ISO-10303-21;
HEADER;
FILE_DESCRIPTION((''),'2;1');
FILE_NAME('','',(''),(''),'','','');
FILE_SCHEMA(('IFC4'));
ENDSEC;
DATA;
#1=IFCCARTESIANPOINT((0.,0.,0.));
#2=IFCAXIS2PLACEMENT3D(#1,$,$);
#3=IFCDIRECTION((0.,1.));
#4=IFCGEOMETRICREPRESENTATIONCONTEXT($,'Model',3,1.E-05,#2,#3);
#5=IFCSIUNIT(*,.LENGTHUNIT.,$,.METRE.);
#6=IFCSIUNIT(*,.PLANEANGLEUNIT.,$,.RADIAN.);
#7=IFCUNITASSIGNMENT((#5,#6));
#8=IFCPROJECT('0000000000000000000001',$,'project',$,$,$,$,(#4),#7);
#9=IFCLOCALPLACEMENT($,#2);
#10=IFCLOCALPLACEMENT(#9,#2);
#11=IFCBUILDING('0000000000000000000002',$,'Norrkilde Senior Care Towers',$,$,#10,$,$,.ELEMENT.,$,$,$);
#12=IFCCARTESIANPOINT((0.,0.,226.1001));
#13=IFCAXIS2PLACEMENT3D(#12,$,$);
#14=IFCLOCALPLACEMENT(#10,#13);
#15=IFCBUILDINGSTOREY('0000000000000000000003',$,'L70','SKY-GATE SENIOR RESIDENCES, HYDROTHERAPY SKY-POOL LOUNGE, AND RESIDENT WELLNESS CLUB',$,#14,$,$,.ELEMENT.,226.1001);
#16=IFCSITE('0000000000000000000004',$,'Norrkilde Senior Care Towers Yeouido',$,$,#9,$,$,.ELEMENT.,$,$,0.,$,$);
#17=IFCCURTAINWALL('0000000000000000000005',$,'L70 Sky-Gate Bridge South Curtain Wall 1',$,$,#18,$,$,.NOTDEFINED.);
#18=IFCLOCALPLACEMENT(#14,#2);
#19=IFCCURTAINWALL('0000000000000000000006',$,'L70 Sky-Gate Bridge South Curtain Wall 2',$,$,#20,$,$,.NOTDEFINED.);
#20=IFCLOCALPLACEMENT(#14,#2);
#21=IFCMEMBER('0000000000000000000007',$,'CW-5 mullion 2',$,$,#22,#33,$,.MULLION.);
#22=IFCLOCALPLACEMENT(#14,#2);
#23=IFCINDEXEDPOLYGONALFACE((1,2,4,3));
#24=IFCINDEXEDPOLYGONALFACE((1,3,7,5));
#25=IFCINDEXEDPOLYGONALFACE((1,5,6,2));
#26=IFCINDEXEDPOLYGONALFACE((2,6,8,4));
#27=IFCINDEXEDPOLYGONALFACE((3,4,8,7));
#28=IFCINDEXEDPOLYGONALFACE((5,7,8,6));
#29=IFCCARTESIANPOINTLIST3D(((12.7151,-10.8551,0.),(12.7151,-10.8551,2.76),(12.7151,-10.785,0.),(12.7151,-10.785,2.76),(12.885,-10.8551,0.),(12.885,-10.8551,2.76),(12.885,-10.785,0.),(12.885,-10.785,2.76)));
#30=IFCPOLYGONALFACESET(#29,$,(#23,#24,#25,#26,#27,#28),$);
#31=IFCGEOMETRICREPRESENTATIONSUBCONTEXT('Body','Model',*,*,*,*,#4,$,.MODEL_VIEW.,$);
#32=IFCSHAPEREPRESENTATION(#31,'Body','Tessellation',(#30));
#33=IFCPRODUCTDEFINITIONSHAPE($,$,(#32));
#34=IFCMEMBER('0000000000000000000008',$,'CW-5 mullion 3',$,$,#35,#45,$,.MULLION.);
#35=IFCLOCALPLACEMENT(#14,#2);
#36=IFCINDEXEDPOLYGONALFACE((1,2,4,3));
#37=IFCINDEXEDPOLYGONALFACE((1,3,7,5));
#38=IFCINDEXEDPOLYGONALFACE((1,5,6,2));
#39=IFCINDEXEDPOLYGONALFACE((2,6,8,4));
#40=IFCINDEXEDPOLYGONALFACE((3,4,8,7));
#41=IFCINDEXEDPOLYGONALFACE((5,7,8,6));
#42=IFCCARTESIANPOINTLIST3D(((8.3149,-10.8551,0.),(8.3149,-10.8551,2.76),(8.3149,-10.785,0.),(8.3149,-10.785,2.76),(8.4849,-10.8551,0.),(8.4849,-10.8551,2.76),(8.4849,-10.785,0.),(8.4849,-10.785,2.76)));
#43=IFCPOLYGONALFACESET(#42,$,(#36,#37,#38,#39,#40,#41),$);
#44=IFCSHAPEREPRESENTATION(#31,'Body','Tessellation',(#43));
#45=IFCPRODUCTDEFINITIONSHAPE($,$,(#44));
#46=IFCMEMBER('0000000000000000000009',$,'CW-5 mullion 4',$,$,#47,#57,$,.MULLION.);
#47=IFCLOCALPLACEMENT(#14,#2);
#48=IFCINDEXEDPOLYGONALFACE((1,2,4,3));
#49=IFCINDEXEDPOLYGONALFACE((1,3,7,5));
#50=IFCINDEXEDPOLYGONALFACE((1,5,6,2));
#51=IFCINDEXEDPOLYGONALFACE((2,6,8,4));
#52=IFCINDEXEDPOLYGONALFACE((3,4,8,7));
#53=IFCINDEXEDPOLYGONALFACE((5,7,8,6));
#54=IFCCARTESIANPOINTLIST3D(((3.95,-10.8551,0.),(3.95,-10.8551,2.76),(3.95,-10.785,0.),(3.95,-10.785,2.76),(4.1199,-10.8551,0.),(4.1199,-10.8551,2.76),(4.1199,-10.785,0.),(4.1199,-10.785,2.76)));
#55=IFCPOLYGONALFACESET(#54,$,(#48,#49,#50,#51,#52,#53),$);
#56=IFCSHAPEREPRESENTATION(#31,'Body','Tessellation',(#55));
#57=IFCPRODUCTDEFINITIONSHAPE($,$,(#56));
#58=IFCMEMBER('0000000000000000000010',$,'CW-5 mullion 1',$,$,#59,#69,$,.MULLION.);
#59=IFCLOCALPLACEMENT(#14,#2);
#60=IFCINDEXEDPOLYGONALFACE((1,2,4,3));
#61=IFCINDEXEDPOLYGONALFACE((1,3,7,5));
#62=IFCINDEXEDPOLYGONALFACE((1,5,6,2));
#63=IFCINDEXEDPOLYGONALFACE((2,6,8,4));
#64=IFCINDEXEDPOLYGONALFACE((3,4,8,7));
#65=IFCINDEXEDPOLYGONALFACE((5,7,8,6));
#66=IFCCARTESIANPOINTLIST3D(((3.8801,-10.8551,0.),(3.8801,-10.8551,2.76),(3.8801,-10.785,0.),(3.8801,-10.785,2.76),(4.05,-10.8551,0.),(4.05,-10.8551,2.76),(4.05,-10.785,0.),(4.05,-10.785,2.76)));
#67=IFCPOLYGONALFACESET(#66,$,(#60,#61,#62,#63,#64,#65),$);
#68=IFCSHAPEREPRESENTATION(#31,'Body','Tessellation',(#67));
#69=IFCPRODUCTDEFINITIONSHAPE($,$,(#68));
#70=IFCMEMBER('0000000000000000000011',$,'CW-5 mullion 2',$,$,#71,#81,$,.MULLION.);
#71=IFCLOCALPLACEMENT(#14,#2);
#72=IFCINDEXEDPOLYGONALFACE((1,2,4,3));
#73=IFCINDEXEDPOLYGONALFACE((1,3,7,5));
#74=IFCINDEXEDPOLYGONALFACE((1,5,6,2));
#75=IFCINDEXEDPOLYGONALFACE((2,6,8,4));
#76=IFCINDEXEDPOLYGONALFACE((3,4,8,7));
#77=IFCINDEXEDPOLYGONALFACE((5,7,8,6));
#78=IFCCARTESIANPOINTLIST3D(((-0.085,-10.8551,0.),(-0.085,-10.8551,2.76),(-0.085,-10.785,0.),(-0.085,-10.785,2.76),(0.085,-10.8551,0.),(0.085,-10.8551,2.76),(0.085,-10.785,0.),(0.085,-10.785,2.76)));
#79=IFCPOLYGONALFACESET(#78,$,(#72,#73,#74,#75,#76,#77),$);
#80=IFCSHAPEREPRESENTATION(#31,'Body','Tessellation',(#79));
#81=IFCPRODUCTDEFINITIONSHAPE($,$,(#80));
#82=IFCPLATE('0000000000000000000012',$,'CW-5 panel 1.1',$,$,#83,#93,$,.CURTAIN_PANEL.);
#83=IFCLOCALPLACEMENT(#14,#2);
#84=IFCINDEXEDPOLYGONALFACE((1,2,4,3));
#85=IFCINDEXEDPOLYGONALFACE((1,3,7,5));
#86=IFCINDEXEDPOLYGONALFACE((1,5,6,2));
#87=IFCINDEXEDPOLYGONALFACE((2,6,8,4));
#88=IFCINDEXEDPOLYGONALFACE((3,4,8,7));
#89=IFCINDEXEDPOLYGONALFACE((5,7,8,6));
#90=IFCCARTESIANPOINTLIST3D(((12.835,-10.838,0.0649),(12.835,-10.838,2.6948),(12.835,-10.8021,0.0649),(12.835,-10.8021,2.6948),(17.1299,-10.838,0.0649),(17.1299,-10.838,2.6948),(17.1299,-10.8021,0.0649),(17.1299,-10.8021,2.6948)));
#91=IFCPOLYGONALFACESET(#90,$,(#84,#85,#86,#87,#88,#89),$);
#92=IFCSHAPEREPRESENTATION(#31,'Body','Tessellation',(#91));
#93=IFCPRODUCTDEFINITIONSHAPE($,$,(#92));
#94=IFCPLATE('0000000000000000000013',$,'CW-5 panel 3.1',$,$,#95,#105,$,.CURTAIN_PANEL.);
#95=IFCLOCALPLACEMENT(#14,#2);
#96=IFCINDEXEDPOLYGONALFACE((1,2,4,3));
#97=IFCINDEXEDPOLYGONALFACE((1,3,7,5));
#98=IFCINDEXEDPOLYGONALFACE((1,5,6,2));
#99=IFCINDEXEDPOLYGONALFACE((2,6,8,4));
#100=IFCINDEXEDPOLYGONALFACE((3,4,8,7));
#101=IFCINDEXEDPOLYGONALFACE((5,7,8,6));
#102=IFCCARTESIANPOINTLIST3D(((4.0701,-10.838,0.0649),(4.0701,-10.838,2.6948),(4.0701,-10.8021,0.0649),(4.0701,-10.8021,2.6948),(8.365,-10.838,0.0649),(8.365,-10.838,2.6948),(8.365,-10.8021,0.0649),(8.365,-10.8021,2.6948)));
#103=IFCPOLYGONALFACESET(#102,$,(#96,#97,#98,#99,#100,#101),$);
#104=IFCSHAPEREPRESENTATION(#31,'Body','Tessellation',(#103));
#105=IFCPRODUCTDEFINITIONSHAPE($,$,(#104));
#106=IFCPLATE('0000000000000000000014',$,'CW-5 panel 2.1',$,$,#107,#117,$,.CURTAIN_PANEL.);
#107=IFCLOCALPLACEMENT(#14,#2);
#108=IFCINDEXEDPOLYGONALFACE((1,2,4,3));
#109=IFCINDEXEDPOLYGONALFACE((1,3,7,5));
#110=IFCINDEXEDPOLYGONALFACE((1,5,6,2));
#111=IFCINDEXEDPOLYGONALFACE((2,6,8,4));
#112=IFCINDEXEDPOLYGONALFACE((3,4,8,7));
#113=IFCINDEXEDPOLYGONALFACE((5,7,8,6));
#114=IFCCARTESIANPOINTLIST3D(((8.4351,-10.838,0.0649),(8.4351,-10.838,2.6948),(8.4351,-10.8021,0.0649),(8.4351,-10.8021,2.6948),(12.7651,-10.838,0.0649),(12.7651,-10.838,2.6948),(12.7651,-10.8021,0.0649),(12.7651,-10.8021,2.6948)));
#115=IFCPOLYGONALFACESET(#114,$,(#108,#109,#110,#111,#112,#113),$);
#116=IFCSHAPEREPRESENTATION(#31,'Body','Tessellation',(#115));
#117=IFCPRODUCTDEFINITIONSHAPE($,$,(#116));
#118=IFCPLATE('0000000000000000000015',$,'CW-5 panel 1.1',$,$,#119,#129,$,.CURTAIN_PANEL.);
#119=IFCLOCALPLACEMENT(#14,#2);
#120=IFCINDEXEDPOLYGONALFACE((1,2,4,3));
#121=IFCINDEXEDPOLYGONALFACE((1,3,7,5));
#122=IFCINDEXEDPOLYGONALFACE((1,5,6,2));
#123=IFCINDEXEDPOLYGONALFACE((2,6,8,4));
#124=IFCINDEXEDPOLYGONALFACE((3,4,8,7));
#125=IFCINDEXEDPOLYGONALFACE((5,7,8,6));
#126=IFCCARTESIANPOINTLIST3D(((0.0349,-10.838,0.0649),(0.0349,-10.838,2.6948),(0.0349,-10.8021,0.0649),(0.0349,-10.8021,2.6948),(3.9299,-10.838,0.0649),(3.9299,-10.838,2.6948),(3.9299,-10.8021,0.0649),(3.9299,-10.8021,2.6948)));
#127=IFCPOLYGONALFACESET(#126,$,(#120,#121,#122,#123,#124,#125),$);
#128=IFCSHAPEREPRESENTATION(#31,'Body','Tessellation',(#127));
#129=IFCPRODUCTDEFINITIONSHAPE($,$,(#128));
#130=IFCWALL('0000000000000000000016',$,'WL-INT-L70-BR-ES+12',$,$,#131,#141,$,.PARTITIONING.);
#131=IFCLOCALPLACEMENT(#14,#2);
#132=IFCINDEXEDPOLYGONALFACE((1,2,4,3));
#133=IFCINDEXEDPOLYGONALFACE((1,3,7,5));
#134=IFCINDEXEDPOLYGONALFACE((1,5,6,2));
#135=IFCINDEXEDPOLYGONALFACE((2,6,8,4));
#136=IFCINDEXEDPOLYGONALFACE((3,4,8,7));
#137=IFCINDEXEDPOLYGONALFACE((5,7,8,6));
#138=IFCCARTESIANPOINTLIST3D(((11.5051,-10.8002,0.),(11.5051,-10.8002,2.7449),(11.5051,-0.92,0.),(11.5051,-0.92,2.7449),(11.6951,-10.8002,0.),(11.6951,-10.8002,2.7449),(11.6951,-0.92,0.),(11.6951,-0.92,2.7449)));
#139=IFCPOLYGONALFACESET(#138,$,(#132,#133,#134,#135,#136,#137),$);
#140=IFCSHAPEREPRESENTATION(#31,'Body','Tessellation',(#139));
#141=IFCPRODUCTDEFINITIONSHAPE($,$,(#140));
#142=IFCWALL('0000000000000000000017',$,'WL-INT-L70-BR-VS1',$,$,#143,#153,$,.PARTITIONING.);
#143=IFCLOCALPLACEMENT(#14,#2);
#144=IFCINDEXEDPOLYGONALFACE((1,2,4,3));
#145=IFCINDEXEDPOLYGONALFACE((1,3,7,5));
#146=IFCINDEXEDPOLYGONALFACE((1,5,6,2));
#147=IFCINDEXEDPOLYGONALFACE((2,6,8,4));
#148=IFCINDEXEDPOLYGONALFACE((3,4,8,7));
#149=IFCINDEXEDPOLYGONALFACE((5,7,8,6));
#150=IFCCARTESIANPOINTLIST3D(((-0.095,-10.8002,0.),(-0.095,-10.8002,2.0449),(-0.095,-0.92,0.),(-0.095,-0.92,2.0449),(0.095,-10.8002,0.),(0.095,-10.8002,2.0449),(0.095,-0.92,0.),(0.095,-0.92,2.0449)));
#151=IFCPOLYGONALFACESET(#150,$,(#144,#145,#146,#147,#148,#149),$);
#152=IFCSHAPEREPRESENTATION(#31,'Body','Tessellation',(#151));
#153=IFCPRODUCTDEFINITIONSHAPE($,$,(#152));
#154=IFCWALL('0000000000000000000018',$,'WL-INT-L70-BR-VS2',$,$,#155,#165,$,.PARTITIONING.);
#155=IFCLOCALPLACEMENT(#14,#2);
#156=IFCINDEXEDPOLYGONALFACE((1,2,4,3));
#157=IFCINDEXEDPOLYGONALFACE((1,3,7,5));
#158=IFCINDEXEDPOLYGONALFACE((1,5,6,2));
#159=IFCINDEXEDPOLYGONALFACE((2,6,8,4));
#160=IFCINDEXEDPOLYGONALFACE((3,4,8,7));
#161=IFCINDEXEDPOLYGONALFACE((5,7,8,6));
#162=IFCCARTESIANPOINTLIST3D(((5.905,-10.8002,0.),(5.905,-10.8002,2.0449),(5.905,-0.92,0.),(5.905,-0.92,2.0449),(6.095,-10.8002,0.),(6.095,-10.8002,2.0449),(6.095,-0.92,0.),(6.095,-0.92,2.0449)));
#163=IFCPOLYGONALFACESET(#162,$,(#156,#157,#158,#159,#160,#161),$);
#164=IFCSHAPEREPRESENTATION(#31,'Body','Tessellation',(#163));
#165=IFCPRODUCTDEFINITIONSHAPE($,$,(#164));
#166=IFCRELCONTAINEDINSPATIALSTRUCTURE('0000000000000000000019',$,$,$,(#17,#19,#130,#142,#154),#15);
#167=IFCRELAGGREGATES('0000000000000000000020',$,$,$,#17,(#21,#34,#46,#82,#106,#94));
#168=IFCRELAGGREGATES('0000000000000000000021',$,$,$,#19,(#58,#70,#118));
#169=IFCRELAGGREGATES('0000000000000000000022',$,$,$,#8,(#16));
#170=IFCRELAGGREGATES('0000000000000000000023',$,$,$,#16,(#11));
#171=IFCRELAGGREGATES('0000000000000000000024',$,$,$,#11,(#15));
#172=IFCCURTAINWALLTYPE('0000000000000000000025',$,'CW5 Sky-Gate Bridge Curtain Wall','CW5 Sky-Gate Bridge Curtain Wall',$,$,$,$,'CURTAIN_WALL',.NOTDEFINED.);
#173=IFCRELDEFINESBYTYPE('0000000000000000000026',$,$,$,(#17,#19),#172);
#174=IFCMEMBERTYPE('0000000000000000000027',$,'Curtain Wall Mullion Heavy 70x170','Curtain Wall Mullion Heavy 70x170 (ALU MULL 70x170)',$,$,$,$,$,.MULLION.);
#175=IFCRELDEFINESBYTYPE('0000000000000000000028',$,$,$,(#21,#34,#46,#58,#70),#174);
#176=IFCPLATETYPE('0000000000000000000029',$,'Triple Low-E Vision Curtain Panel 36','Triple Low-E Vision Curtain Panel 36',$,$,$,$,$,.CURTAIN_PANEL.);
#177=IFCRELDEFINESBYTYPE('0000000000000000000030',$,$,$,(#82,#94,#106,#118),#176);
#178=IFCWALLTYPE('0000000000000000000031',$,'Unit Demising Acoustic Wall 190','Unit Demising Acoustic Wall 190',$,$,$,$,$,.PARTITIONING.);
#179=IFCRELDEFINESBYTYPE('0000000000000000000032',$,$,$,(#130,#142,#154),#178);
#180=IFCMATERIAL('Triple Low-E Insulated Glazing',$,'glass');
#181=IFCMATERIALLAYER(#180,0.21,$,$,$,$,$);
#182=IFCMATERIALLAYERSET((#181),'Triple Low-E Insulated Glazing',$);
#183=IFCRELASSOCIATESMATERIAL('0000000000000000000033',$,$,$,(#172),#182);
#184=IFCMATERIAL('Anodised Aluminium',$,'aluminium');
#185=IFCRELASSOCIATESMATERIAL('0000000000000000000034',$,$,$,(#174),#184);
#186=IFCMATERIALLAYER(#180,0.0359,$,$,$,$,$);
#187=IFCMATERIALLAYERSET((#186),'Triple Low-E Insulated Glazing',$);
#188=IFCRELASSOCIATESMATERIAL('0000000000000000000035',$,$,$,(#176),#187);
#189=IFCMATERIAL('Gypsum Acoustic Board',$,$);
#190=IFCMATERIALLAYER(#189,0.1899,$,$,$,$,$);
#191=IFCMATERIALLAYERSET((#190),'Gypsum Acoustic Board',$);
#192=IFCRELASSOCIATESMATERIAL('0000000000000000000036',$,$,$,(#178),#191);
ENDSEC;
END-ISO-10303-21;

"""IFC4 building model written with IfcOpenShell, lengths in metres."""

from ifc_helpers import new_model, si_unit, direction, frame, frame_2d, origin, origin_2d, place, context, subcontext, project, spatial, rectangle, extrude, source, transform, mapped, material, layer, layer_set, material_profile, profile_set, type_object, type_shapes, element, aggregate, save


model = new_model("IFC4")

# Units and contexts
model_context = context("Model", 3, precision=1e-05, world=origin(), true_north=direction((0.0, 1.0)))
body_context = subcontext(model_context, "Body", "Model", "MODEL_VIEW")
ifc_project = project(units=[si_unit("LENGTHUNIT", "METRE"), si_unit("PLANEANGLEUNIT", "RADIAN")], contexts=[model_context])

# Site, building, storey
site_placement = place(None, origin())
site = spatial("IfcSite", under=ifc_project, at=site_placement, Name="Norrkilde Senior Care Towers Yeouido", CompositionType="ELEMENT", RefElevation=0.0)
building_placement = place(site_placement, origin())
building = spatial("IfcBuilding", under=site, at=building_placement, Name="Norrkilde Senior Care Towers", CompositionType="ELEMENT")
storey_placement = place(building_placement, frame((0.0, 0.0, 226.1001)))
storey = spatial("IfcBuildingStorey", under=building, at=storey_placement, Name="L70", Description="SKY-GATE SENIOR RESIDENCES, HYDROTHERAPY SKY-POOL LOUNGE, AND RESIDENT WELLNESS CLUB", CompositionType="ELEMENT", Elevation=226.1001)

# Curtain walls
ifc_material_1 = material(Name="Triple Low-E Insulated Glazing", Category="glass")
ifc_layer_1 = layer(ifc_material_1, 0.21)
ifc_layer_set_1 = layer_set([ifc_layer_1], Name="Triple Low-E Insulated Glazing")
curtain_wall_type = type_object("IfcCurtainWallType", Name="CW5 Sky-Gate Bridge Curtain Wall", Description="CW5 Sky-Gate Bridge Curtain Wall", ElementType="CURTAIN_WALL", PredefinedType="NOTDEFINED", material=ifc_layer_set_1)
curtain_wall_1_placement = place(storey_placement, origin())
curtain_wall_1 = element("IfcCurtainWall", 1, at=curtain_wall_1_placement, inside=storey, type_object=curtain_wall_type, Name="L70 Sky-Gate Bridge South Curtain Wall 1", PredefinedType="NOTDEFINED")
ifc_material_2 = material(Name="Anodised Aluminium", Category="aluminium")
curtain_wall_2_placement = place(storey_placement, origin())
curtain_wall_2 = element("IfcCurtainWall", 2, at=curtain_wall_2_placement, inside=storey, type_object=curtain_wall_type, Name="L70 Sky-Gate Bridge South Curtain Wall 2", PredefinedType="NOTDEFINED")

# Members
ifc_material_profile_1 = material_profile(ifc_material_2, rectangle(XDim=0.0701, YDim=0.1699, at=origin_2d()), Name="ALU MULL 70x170")
ifc_profile_set_1 = profile_set([ifc_material_profile_1], Name="Anodised Aluminium")
member_type_1 = type_object("IfcMemberType", Name="Curtain Wall Mullion Heavy 70x170", Description="Curtain Wall Mullion Heavy 70x170 (ALU MULL 70x170)", PredefinedType="MULLION", material=ifc_profile_set_1)
shared_shape_1 = source(origin(), body_context, "Body", "SweptSolid", [
    extrude(rectangle(XDim=0.0701, YDim=0.1699, at=origin_2d()), origin(), (0.0, 0.0, 1.0), 2.76),
])
type_shapes(member_type_1, [shared_shape_1])
member_1_placement = place(storey_placement, frame((12.8, -10.8201, 0.0), z_axis=(0.0, 0.0, 1.0), x_axis=(0.0, -1.0, 0.0)))
member_1 = element("IfcMember", 3, at=member_1_placement, type_object=member_type_1, Name="CW-5 mullion 2", PredefinedType="MULLION", context=body_context, shape_type="MappedRepresentation", body=[
    mapped(shared_shape_1, transform((0.0, 0.0, 0.0), x_axis=(1.0, 0.0, 0.0), y_axis=(0.0, 1.0, 0.0), z_axis=(0.0, 0.0, 1.0), scale=1.0)),
])
member_2_placement = place(storey_placement, frame((8.3999, -10.8201, 0.0), z_axis=(0.0, 0.0, 1.0), x_axis=(0.0, -1.0, 0.0)))
member_2 = element("IfcMember", 4, at=member_2_placement, type_object=member_type_1, Name="CW-5 mullion 3", PredefinedType="MULLION", context=body_context, shape_type="MappedRepresentation", body=[
    mapped(shared_shape_1, transform((0.0, 0.0, 0.0), x_axis=(1.0, 0.0, 0.0), y_axis=(0.0, 1.0, 0.0), z_axis=(0.0, 0.0, 1.0), scale=1.0)),
])
member_3_placement = place(storey_placement, frame((4.0349, -10.8201, 0.0), z_axis=(0.0, 0.0, 1.0), x_axis=(0.0, -1.0, 0.0)))
member_3 = element("IfcMember", 5, at=member_3_placement, type_object=member_type_1, Name="CW-5 mullion 4", PredefinedType="MULLION", context=body_context, shape_type="MappedRepresentation", body=[
    mapped(shared_shape_1, transform((0.0, 0.0, 0.0), x_axis=(1.0, 0.0, 0.0), y_axis=(0.0, 1.0, 0.0), z_axis=(0.0, 0.0, 1.0), scale=1.0)),
])
member_4_placement = place(storey_placement, frame((3.9651, -10.8201, 0.0), z_axis=(0.0, 0.0, 1.0), x_axis=(0.0, -1.0, 0.0)))
member_4 = element("IfcMember", 6, at=member_4_placement, type_object=member_type_1, Name="CW-5 mullion 1", PredefinedType="MULLION", context=body_context, shape_type="MappedRepresentation", body=[
    mapped(shared_shape_1, transform((0.0, 0.0, 0.0), x_axis=(1.0, 0.0, 0.0), y_axis=(0.0, 1.0, 0.0), z_axis=(0.0, 0.0, 1.0), scale=1.0)),
])
member_5_placement = place(storey_placement, frame((0.0, -10.8201, 0.0), z_axis=(0.0, 0.0, 1.0), x_axis=(0.0, -1.0, 0.0)))
member_5 = element("IfcMember", 7, at=member_5_placement, type_object=member_type_1, Name="CW-5 mullion 2", PredefinedType="MULLION", context=body_context, shape_type="MappedRepresentation", body=[
    mapped(shared_shape_1, transform((0.0, 0.0, 0.0), x_axis=(1.0, 0.0, 0.0), y_axis=(0.0, 1.0, 0.0), z_axis=(0.0, 0.0, 1.0), scale=1.0)),
])

# Plates
ifc_layer_2 = layer(ifc_material_1, 0.0359)
ifc_layer_set_2 = layer_set([ifc_layer_2], Name="Triple Low-E Insulated Glazing")
plate_type = type_object("IfcPlateType", Name="Triple Low-E Vision Curtain Panel 36", Description="Triple Low-E Vision Curtain Panel 36", PredefinedType="CURTAIN_PANEL", material=ifc_layer_set_2)
shared_shape_2 = source(origin(), body_context, "Body", "SweptSolid", [
    extrude(rectangle(XDim=4.2949, YDim=0.0359, at=origin_2d()), origin(), (0.0, 0.0, 1.0), 2.6299),
])
plate_1_placement = place(storey_placement, frame((14.9824, -10.8201, 0.0649), z_axis=(0.0, 0.0, 1.0), x_axis=(-1.0, 0.0, 0.0)))
plate_1 = element("IfcPlate", 8, at=plate_1_placement, type_object=plate_type, Name="CW-5 panel 1.1", PredefinedType="CURTAIN_PANEL", context=body_context, shape_type="MappedRepresentation", body=[
    mapped(shared_shape_2, transform((0.0, 0.0, 0.0), x_axis=(1.0, 0.0, 0.0), y_axis=(0.0, 1.0, 0.0), z_axis=(0.0, 0.0, 1.0), scale=1.0)),
])
plate_2_placement = place(storey_placement, frame((6.2175, -10.8201, 0.0649), z_axis=(0.0, 0.0, 1.0), x_axis=(-1.0, 0.0, 0.0)))
plate_2 = element("IfcPlate", 9, at=plate_2_placement, type_object=plate_type, Name="CW-5 panel 3.1", PredefinedType="CURTAIN_PANEL", context=body_context, shape_type="MappedRepresentation", body=[
    mapped(shared_shape_2, transform((0.0, 0.0, 0.0), x_axis=(1.0, 0.0, 0.0), y_axis=(0.0, 1.0, 0.0), z_axis=(0.0, 0.0, 1.0), scale=1.0)),
])
shared_shape_3 = source(origin(), body_context, "Body", "SweptSolid", [
    extrude(rectangle(XDim=4.3301, YDim=0.0359, at=origin_2d()), origin(), (0.0, 0.0, 1.0), 2.6299),
])
plate_3_placement = place(storey_placement, frame((10.6001, -10.8201, 0.0649), z_axis=(0.0, 0.0, 1.0), x_axis=(-1.0, 0.0, 0.0)))
plate_3 = element("IfcPlate", 10, at=plate_3_placement, type_object=plate_type, Name="CW-5 panel 2.1", PredefinedType="CURTAIN_PANEL", context=body_context, shape_type="MappedRepresentation", body=[
    mapped(shared_shape_3, transform((0.0, 0.0, 0.0), x_axis=(1.0, 0.0, 0.0), y_axis=(0.0, 1.0, 0.0), z_axis=(0.0, 0.0, 1.0), scale=1.0)),
])
aggregate(curtain_wall_1, [member_1, member_2, member_3, plate_1, plate_3, plate_2])
shared_shape_4 = source(origin(), body_context, "Body", "SweptSolid", [
    extrude(rectangle(XDim=3.895, YDim=0.0359, at=origin_2d()), origin(), (0.0, 0.0, 1.0), 2.6299),
])
type_shapes(plate_type, [shared_shape_2, shared_shape_3, shared_shape_4])
plate_4_placement = place(storey_placement, frame((1.9824, -10.8201, 0.0649), z_axis=(0.0, 0.0, 1.0), x_axis=(-1.0, 0.0, 0.0)))
plate_4 = element("IfcPlate", 11, at=plate_4_placement, type_object=plate_type, Name="CW-5 panel 1.1", PredefinedType="CURTAIN_PANEL", context=body_context, shape_type="MappedRepresentation", body=[
    mapped(shared_shape_4, transform((0.0, 0.0, 0.0), x_axis=(1.0, 0.0, 0.0), y_axis=(0.0, 1.0, 0.0), z_axis=(0.0, 0.0, 1.0), scale=1.0)),
])
aggregate(curtain_wall_2, [member_4, member_5, plate_4])

# Walls
ifc_material_3 = material(Name="Gypsum Acoustic Board")
ifc_layer_3 = layer(ifc_material_3, 0.1899)
ifc_layer_set_3 = layer_set([ifc_layer_3], Name="Gypsum Acoustic Board")
wall_type = type_object("IfcWallType", Name="Unit Demising Acoustic Wall 190", Description="Unit Demising Acoustic Wall 190", PredefinedType="PARTITIONING", material=ifc_layer_set_3)
shared_shape_5 = source(origin(), body_context, "Body", "SweptSolid", [
    extrude(rectangle(XDim=9.8801, YDim=0.1899, at=frame_2d((4.9399, 0.0))), origin(), (0.0, 0.0, 1.0), 2.7449),
])
wall_placement = place(storey_placement, frame((11.6001, -10.8, 0.0), z_axis=(0.0, 0.0, 1.0), x_axis=(0.0, 1.0, 0.0)))
element("IfcWall", 12, at=wall_placement, inside=storey, type_object=wall_type, Name="WL-INT-L70-BR-ES+12", PredefinedType="PARTITIONING", context=body_context, shape_type="MappedRepresentation", body=[
    mapped(shared_shape_5, transform((0.0, 0.0, 0.0), x_axis=(1.0, 0.0, 0.0), y_axis=(0.0, 1.0, 0.0), z_axis=(0.0, 0.0, 1.0), scale=1.0)),
])
shared_shape_6 = source(origin(), body_context, "Body", "SweptSolid", [
    extrude(rectangle(XDim=9.8801, YDim=0.1899, at=frame_2d((4.9399, 0.0))), origin(), (0.0, 0.0, 1.0), 2.0449),
])
type_shapes(wall_type, [shared_shape_5, shared_shape_6])
for number, where, z_axis, x_axis, name in (
    (13, (0.0, -10.8, 0.0), (0.0, 0.0, 1.0), (0.0, 1.0, 0.0), "WL-INT-L70-BR-VS1"),
    (14, (6.0, -10.8, 0.0), (0.0, 0.0, 1.0), (0.0, 1.0, 0.0), "WL-INT-L70-BR-VS2"),
):
    element("IfcWall", number, at=place(storey_placement, frame(where, z_axis=z_axis, x_axis=x_axis)), inside=storey, type_object=wall_type, Name=name, PredefinedType="PARTITIONING", context=body_context, shape_type="MappedRepresentation", body=[
        mapped(shared_shape_6, transform((0.0, 0.0, 0.0), x_axis=(1.0, 0.0, 0.0), y_axis=(0.0, 1.0, 0.0), z_axis=(0.0, 0.0, 1.0), scale=1.0)),
    ])

save(model, "model.ifc")
